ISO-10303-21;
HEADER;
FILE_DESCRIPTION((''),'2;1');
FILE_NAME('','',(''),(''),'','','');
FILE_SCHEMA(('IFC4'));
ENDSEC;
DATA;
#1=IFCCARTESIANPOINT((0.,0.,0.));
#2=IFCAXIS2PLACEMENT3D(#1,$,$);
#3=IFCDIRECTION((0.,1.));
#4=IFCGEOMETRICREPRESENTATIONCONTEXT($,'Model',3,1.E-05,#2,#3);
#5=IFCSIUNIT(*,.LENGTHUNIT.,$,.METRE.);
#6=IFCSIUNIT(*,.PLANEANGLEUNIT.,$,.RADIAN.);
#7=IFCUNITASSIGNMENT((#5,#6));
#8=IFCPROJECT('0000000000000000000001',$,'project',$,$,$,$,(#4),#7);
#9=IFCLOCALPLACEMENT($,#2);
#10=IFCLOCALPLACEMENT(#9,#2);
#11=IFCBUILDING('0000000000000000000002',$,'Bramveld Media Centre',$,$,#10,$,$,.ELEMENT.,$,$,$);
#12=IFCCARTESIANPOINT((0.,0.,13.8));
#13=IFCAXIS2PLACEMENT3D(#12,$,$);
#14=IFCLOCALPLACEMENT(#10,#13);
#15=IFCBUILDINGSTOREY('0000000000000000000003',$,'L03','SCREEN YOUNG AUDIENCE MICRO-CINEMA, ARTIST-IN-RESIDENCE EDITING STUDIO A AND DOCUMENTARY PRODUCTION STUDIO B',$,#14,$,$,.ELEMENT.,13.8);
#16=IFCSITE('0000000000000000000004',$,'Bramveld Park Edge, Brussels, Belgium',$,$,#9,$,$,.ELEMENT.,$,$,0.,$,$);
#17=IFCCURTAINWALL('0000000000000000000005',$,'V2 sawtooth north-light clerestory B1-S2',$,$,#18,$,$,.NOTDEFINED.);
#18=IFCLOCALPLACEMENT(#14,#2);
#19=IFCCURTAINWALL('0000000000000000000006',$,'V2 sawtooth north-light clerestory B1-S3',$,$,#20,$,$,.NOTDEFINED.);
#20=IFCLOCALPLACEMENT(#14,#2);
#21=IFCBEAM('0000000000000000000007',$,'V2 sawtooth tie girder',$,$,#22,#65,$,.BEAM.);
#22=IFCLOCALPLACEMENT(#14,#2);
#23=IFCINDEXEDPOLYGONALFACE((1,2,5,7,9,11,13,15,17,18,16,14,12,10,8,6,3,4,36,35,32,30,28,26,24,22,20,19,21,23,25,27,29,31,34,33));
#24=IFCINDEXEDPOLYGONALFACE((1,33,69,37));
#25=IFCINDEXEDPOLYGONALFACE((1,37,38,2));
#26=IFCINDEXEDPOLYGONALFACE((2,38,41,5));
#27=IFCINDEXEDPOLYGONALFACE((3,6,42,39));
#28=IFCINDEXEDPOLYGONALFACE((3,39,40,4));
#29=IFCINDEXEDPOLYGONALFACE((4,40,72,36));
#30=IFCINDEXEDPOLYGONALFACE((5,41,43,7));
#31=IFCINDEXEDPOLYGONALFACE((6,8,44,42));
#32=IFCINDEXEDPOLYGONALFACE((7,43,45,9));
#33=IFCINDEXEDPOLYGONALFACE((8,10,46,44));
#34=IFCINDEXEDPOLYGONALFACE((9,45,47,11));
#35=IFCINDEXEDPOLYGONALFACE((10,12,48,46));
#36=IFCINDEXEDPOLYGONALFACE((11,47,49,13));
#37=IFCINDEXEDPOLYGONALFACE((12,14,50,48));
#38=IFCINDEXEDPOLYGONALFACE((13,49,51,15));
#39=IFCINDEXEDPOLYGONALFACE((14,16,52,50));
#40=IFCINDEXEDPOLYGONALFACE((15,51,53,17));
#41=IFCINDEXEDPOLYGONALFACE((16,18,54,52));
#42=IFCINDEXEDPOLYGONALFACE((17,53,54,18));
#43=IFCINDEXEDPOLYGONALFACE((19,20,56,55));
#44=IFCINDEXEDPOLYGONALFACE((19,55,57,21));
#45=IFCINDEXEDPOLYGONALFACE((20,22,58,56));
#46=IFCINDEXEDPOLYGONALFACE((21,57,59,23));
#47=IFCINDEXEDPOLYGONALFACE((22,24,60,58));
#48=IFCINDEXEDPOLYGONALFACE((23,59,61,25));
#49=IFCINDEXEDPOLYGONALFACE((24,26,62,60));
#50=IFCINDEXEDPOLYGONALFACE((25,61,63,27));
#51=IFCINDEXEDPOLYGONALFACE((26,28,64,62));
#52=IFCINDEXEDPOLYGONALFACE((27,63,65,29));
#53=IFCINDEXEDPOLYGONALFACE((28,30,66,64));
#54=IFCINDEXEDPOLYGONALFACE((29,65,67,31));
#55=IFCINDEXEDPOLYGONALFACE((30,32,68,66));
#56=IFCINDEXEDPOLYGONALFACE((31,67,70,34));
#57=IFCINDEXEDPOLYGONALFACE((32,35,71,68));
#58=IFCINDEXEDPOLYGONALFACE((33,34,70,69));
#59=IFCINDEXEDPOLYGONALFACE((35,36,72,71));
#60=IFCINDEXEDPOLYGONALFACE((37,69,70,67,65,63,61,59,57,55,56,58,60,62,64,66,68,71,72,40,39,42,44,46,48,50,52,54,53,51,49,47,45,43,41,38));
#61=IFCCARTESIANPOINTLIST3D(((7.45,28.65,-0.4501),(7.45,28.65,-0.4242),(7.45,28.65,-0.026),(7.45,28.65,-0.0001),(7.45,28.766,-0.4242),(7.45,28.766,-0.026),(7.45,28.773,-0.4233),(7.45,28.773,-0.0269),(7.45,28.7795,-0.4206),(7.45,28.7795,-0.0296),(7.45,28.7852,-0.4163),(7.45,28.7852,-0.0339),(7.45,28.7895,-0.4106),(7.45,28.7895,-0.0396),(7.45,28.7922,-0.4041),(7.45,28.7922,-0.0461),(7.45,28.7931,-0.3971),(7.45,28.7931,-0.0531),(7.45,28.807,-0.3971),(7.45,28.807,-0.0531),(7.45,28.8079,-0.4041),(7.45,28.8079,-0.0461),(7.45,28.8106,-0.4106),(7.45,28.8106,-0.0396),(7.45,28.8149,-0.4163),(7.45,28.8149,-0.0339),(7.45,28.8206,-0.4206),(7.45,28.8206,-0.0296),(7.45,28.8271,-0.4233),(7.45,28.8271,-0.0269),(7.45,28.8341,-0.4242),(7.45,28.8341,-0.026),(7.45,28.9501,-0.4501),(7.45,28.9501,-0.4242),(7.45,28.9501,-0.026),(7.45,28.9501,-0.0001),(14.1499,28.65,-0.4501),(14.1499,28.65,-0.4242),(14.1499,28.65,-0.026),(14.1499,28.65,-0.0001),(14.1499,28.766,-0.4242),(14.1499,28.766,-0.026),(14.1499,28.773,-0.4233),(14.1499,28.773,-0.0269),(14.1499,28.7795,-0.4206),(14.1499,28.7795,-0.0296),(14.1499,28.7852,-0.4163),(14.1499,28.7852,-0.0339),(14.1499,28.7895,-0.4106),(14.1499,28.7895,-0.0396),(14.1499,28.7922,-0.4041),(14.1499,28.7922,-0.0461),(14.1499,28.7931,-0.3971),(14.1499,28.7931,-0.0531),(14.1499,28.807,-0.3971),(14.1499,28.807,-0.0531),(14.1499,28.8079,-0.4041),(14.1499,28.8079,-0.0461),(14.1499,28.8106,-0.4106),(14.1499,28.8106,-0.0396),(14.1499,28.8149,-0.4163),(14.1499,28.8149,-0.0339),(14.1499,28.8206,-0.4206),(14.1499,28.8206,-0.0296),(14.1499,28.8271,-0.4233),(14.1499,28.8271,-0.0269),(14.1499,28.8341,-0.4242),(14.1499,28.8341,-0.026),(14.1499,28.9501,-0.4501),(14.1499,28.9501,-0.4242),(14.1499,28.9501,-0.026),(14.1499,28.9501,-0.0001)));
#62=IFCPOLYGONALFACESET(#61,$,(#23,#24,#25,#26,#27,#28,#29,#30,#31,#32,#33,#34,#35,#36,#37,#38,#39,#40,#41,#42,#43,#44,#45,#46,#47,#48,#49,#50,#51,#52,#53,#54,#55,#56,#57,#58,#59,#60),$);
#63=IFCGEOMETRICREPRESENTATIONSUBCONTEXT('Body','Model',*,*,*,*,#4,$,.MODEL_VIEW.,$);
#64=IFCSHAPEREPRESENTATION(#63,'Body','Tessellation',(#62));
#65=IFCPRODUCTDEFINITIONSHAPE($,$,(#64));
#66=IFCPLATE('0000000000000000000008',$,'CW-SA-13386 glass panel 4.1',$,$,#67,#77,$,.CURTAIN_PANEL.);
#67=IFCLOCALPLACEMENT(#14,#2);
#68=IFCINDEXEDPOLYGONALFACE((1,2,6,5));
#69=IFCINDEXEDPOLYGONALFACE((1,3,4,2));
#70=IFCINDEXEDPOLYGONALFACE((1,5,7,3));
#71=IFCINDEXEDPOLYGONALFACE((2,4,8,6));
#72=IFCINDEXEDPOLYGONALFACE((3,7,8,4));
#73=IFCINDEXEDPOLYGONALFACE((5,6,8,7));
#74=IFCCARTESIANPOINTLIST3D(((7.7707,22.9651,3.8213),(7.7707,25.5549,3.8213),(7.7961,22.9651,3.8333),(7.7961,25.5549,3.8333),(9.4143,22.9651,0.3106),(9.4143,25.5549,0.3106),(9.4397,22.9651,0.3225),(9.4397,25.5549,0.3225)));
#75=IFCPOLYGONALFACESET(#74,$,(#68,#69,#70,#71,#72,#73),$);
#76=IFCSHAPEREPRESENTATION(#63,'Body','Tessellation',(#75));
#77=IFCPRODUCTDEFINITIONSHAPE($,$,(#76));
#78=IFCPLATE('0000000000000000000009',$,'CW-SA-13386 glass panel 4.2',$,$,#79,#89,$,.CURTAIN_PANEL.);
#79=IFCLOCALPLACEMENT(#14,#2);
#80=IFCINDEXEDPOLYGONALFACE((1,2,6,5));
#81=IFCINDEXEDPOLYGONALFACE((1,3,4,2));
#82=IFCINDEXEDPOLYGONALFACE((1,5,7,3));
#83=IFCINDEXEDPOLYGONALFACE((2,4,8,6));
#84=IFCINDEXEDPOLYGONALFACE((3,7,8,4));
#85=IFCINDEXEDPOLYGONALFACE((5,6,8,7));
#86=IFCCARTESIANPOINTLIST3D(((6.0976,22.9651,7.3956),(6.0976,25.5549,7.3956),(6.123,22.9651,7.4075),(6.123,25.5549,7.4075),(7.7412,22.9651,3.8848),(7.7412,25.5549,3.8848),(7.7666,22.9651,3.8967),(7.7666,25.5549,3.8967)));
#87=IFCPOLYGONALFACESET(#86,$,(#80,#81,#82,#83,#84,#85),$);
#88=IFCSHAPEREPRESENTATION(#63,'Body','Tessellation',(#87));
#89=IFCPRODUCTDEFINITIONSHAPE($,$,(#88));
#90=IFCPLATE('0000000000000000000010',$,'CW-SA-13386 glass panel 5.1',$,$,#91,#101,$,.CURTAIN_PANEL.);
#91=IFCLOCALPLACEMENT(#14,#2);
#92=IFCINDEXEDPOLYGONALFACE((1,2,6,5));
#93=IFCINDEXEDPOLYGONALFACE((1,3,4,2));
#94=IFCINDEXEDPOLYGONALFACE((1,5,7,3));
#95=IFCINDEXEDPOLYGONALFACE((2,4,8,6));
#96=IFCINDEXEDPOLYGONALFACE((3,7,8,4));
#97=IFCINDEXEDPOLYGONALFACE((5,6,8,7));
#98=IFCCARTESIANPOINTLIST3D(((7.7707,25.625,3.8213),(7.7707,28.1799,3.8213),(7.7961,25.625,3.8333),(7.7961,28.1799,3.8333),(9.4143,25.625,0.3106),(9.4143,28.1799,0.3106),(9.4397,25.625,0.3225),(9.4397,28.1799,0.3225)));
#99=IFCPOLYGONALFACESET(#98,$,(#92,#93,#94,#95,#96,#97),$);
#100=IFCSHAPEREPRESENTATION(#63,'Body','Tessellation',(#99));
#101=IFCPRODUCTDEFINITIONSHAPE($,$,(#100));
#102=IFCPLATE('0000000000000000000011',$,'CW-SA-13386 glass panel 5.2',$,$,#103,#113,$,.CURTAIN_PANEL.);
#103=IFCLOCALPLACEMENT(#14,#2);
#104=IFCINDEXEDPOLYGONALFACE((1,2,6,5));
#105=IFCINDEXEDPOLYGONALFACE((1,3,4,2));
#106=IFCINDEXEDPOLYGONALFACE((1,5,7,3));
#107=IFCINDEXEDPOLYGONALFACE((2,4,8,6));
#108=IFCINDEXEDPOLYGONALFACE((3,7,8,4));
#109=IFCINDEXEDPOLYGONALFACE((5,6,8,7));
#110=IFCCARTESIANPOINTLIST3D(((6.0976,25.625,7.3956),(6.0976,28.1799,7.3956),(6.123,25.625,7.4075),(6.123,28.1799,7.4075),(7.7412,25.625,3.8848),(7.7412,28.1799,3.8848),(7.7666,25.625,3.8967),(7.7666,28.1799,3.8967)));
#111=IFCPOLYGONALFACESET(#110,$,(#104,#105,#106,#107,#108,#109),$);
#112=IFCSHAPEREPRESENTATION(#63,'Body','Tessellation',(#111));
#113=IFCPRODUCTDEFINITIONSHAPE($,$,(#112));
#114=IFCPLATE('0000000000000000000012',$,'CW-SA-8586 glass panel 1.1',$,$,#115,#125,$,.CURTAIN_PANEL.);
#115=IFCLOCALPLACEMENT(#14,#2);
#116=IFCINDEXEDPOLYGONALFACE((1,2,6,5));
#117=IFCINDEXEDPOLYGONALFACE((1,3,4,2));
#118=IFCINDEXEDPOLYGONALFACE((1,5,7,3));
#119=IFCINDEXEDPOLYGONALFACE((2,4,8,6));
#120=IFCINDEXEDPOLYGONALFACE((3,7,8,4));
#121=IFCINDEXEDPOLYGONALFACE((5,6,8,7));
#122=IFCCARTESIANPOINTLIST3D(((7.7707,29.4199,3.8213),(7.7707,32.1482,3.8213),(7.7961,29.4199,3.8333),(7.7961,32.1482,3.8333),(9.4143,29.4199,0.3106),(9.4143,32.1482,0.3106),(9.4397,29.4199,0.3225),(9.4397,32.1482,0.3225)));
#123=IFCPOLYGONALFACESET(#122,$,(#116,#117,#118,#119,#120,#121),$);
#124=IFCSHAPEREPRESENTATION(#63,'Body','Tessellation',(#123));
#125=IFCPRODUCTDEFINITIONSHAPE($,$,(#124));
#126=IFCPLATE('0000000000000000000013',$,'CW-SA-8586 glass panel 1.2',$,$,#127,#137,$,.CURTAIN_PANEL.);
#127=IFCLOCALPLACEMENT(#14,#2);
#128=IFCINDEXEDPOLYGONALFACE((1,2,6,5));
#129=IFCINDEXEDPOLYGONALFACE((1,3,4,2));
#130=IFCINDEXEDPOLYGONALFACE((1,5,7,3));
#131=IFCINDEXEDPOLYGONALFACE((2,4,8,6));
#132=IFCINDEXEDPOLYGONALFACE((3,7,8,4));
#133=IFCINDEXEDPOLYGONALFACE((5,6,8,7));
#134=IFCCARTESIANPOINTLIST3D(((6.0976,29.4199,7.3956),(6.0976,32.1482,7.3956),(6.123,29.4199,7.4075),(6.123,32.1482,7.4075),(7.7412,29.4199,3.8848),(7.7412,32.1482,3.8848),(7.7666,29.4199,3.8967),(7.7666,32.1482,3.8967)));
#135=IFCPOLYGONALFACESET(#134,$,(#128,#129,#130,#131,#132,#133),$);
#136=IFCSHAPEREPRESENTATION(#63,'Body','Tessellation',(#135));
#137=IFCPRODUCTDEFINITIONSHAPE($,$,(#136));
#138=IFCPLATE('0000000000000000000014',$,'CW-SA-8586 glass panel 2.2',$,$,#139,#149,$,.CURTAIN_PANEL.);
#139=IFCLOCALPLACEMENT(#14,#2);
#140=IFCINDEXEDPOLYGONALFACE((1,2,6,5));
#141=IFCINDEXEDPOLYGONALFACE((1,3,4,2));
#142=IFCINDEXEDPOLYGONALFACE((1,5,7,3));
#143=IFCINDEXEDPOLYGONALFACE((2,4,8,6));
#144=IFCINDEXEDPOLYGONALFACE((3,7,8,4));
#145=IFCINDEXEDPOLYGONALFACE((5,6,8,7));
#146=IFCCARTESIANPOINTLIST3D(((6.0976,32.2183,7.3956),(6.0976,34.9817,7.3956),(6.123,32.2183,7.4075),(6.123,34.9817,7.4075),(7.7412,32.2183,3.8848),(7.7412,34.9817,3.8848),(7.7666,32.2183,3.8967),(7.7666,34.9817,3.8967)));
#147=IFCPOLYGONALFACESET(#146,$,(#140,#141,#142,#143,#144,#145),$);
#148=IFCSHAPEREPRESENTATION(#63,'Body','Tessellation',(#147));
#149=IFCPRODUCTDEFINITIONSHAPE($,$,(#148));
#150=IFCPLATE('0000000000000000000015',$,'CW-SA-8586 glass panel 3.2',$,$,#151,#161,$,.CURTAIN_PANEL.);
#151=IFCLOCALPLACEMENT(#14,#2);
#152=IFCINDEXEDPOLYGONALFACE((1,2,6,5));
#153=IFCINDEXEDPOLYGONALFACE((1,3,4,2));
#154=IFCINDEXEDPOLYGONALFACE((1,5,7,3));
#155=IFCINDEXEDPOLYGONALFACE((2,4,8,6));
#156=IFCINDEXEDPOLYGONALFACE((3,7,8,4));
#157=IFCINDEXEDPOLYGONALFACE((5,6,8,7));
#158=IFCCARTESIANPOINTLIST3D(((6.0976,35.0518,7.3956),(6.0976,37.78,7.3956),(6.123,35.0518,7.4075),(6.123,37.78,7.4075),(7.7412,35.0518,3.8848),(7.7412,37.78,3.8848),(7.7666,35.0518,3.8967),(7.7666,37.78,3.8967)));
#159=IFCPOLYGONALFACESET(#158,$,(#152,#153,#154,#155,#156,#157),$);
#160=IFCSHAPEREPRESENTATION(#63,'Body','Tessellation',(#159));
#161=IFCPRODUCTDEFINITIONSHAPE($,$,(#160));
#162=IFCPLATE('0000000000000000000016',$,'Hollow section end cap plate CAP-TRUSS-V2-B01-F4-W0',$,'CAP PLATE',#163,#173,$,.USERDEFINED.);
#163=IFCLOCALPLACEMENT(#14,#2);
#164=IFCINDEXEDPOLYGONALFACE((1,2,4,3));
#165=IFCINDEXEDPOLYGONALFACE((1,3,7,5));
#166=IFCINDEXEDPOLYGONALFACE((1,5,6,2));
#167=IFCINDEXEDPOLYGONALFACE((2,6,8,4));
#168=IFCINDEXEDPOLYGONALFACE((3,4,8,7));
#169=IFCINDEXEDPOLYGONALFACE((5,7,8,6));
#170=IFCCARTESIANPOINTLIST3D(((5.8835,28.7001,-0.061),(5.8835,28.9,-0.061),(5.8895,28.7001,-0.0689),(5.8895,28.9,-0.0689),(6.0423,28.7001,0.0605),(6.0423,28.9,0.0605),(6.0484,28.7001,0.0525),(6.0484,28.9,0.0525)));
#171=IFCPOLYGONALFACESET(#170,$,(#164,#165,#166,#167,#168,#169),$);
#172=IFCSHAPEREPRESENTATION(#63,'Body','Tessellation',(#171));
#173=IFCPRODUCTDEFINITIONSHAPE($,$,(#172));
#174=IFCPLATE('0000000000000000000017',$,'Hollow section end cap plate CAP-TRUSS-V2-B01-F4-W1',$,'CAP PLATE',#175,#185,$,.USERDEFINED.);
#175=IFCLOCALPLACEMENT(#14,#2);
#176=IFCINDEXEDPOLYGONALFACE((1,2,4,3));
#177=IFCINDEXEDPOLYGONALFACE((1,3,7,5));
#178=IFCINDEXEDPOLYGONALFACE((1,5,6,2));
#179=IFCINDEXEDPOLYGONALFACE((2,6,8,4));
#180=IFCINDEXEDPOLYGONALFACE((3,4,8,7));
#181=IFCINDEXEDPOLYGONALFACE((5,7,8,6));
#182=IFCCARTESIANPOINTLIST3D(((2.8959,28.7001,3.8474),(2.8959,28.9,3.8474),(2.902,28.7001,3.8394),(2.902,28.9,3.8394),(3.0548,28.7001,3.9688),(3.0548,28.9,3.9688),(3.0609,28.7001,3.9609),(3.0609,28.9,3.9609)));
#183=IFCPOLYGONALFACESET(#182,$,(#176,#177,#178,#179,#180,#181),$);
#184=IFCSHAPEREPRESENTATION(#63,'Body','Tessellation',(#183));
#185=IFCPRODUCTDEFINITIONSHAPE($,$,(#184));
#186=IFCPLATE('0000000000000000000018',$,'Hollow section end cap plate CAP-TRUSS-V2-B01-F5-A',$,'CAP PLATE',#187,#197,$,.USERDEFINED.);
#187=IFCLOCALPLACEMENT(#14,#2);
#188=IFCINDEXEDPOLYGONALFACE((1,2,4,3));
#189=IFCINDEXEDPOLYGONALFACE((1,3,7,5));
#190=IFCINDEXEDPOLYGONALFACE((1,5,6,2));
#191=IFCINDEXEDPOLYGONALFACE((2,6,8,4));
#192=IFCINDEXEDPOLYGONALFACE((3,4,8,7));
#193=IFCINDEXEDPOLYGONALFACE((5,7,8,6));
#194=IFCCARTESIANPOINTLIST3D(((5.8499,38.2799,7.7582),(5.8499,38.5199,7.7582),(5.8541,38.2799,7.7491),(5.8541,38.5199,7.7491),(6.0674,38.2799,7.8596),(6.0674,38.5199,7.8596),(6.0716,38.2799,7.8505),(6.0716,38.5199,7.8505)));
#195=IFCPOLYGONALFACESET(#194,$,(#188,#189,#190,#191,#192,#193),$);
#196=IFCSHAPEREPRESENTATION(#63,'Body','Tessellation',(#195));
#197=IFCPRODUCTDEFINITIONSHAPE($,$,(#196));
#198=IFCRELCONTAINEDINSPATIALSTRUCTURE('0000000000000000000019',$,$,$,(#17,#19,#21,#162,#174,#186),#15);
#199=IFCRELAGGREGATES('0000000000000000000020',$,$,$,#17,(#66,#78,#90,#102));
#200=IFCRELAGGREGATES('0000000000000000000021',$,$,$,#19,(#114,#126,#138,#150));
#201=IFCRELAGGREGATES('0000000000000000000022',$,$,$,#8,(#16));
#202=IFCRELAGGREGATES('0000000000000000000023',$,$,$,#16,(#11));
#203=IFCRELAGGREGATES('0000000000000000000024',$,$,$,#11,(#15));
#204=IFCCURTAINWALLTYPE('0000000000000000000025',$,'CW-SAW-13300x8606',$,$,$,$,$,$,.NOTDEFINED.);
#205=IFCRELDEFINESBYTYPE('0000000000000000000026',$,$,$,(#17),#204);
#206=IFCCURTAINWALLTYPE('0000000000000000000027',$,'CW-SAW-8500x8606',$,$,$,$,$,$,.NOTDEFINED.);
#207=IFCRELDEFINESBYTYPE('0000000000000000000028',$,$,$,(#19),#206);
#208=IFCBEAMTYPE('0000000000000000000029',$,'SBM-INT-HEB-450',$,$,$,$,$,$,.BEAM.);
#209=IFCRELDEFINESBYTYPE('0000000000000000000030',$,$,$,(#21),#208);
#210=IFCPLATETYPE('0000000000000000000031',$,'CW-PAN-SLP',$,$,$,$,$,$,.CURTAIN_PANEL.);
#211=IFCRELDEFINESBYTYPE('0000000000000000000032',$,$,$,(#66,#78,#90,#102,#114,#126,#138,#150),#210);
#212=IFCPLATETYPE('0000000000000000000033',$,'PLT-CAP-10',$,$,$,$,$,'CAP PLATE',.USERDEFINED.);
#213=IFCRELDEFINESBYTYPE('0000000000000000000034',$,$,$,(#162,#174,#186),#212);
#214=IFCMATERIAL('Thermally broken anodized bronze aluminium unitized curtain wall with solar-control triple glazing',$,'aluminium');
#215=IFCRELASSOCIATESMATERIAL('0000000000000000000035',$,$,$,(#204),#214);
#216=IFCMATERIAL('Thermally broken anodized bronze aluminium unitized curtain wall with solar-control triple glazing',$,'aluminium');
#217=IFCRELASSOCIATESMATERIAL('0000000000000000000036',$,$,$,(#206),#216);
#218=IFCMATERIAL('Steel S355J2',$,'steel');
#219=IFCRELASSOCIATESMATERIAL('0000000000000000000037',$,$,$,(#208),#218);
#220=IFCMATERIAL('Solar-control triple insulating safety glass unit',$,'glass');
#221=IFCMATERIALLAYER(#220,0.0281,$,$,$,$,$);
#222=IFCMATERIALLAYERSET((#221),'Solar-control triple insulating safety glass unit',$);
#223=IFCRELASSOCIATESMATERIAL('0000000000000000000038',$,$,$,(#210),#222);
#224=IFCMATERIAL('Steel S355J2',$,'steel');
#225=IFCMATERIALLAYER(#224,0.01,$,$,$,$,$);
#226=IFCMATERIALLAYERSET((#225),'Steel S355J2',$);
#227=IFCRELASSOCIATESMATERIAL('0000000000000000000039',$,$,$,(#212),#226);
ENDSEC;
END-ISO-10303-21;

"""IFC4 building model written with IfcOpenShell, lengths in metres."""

from ifc_helpers import new_model, si_unit, direction, frame, origin, origin_2d, place, context, subcontext, project, spatial, polyline, rectangle, i_section, outline, extrude, material, layer, layer_set, material_profile, profile_set, type_object, element, aggregate, save


model = new_model("IFC4")

# Units and contexts
model_context = context("Model", 3, precision=1e-05, world=origin(), true_north=direction((0.0, 1.0)))
body_context = subcontext(model_context, "Body", "Model", "MODEL_VIEW")
ifc_project = project(units=[si_unit("LENGTHUNIT", "METRE"), si_unit("PLANEANGLEUNIT", "RADIAN")], contexts=[model_context])

# Site, building, storey
site_placement = place(None, origin())
site = spatial("IfcSite", under=ifc_project, at=site_placement, Name="Bramveld Park Edge, Brussels, Belgium", CompositionType="ELEMENT", RefElevation=0.0)
building_placement = place(site_placement, origin())
building = spatial("IfcBuilding", under=site, at=building_placement, Name="Bramveld Media Centre", CompositionType="ELEMENT")
storey_placement = place(building_placement, frame((0.0, 0.0, 13.8)))
storey = spatial("IfcBuildingStorey", under=building, at=storey_placement, Name="L03", Description="SCREEN YOUNG AUDIENCE MICRO-CINEMA, ARTIST-IN-RESIDENCE EDITING STUDIO A AND DOCUMENTARY PRODUCTION STUDIO B", CompositionType="ELEMENT", Elevation=13.8)

# Curtain walls
ifc_material_1 = material(Name="Thermally broken anodized bronze aluminium unitized curtain wall with solar-control triple glazing", Category="aluminium")
curtain_wall_type_1 = type_object("IfcCurtainWallType", Name="CW-SAW-13300x8606", PredefinedType="NOTDEFINED", material=ifc_material_1)
curtain_wall_1_placement = place(storey_placement, origin())
curtain_wall_1 = element("IfcCurtainWall", 1, at=curtain_wall_1_placement, inside=storey, type_object=curtain_wall_type_1, Name="V2 sawtooth north-light clerestory B1-S2", PredefinedType="NOTDEFINED")
ifc_material_2 = material(Name="Thermally broken anodized bronze aluminium unitized curtain wall with solar-control triple glazing", Category="aluminium")
curtain_wall_type_2 = type_object("IfcCurtainWallType", Name="CW-SAW-8500x8606", PredefinedType="NOTDEFINED", material=ifc_material_2)
curtain_wall_2_placement = place(storey_placement, origin())
curtain_wall_2 = element("IfcCurtainWall", 2, at=curtain_wall_2_placement, inside=storey, type_object=curtain_wall_type_2, Name="V2 sawtooth north-light clerestory B1-S3", PredefinedType="NOTDEFINED")

# Beam
ifc_material_3 = material(Name="Steel S355J2", Category="steel")
ifc_material_profile_1 = material_profile(ifc_material_3, i_section(OverallWidth=0.3, OverallDepth=0.45, WebThickness=0.0139, FlangeThickness=0.0259, FilletRadius=0.0271, at=origin_2d()), Name="HEB 450")
ifc_profile_set_1 = profile_set([ifc_material_profile_1], Name="Steel S355J2")
beam_type_1 = type_object("IfcBeamType", Name="SBM-INT-HEB-450", PredefinedType="BEAM", material=ifc_profile_set_1)
for number, where, z_axis, x_axis, name in (
    (3, (7.45, 28.8, -0.2251), (1.0, 0.0, 0.0), (0.0, 1.0, 0.0), "V2 sawtooth tie girder"),
):
    element("IfcBeam", number, at=place(storey_placement, frame(where, z_axis=z_axis, x_axis=x_axis)), inside=storey, type_object=beam_type_1, Name=name, PredefinedType="BEAM", context=body_context, shape_type="SweptSolid", body=[
        extrude(i_section(OverallWidth=0.3, OverallDepth=0.45, WebThickness=0.0139, FlangeThickness=0.0259, FilletRadius=0.0271, at=origin_2d()), origin(), (0.0, 0.0, 1.0), 6.7),
    ])

# Plates
ifc_material_4 = material(Name="Solar-control triple insulating safety glass unit", Category="glass")
ifc_layer_1 = layer(ifc_material_4, 0.0281)
ifc_layer_set_1 = layer_set([ifc_layer_1], Name="Solar-control triple insulating safety glass unit")
plate_type_1 = type_object("IfcPlateType", Name="CW-PAN-SLP", PredefinedType="CURTAIN_PANEL", material=ifc_layer_set_1)
plate_1_placement = place(storey_placement, frame((9.4397, 22.9651, 0.3225), z_axis=(0.905668, 0.0, 0.423988), x_axis=(0.0, 1.0, 0.0)))
plate_1 = element("IfcPlate", 4, at=plate_1_placement, type_object=plate_type_1, Name="CW-SA-13386 glass panel 4.1", PredefinedType="CURTAIN_PANEL", context=body_context, shape_type="SweptSolid", body=[
    extrude(outline(polyline([(0.0, 0.0), (2.5898, 0.0), (2.5898, 3.8764), (0.0, 3.8764), (0.0, 0.0)])), origin(), (0.0, 0.0, -1.0), 0.0281),
])
plate_2_placement = place(storey_placement, frame((7.7666, 22.9651, 3.8967), z_axis=(0.905668, 0.0, 0.423988), x_axis=(0.0, 1.0, 0.0)))
plate_2 = element("IfcPlate", 5, at=plate_2_placement, type_object=plate_type_1, Name="CW-SA-13386 glass panel 4.2", PredefinedType="CURTAIN_PANEL", context=body_context, shape_type="SweptSolid", body=[
    extrude(outline(polyline([(0.0, 0.0), (2.5898, 0.0), (2.5898, 3.8764), (0.0, 3.8764), (0.0, 0.0)])), origin(), (0.0, 0.0, -1.0), 0.0281),
])
plate_3_placement = place(storey_placement, frame((9.4397, 25.625, 0.3225), z_axis=(0.905668, 0.0, 0.423988), x_axis=(0.0, 1.0, 0.0)))
plate_3 = element("IfcPlate", 6, at=plate_3_placement, type_object=plate_type_1, Name="CW-SA-13386 glass panel 5.1", PredefinedType="CURTAIN_PANEL", context=body_context, shape_type="SweptSolid", body=[
    extrude(outline(polyline([(0.0, 0.0), (2.5549, 0.0), (2.5549, 3.8764), (0.0, 3.8764), (0.0, 0.0)])), origin(), (0.0, 0.0, -1.0), 0.0281),
])
plate_4_placement = place(storey_placement, frame((7.7666, 25.625, 3.8967), z_axis=(0.905668, 0.0, 0.423988), x_axis=(0.0, 1.0, 0.0)))
plate_4 = element("IfcPlate", 7, at=plate_4_placement, type_object=plate_type_1, Name="CW-SA-13386 glass panel 5.2", PredefinedType="CURTAIN_PANEL", context=body_context, shape_type="SweptSolid", body=[
    extrude(outline(polyline([(0.0, 0.0), (2.5549, 0.0), (2.5549, 3.8764), (0.0, 3.8764), (0.0, 0.0)])), origin(), (0.0, 0.0, -1.0), 0.0281),
])
aggregate(curtain_wall_1, [plate_1, plate_2, plate_3, plate_4])
plate_5_placement = place(storey_placement, frame((9.4397, 29.4199, 0.3225), z_axis=(0.905668, 0.0, 0.423988), x_axis=(0.0, 1.0, 0.0)))
plate_5 = element("IfcPlate", 8, at=plate_5_placement, type_object=plate_type_1, Name="CW-SA-8586 glass panel 1.1", PredefinedType="CURTAIN_PANEL", context=body_context, shape_type="SweptSolid", body=[
    extrude(outline(polyline([(0.0, 0.0), (2.7283, 0.0), (2.7283, 3.8764), (0.0, 3.8764), (0.0, 0.0)])), origin(), (0.0, 0.0, -1.0), 0.0281),
])
plate_6_placement = place(storey_placement, frame((7.7666, 29.4199, 3.8967), z_axis=(0.905668, 0.0, 0.423988), x_axis=(0.0, 1.0, 0.0)))
plate_6 = element("IfcPlate", 9, at=plate_6_placement, type_object=plate_type_1, Name="CW-SA-8586 glass panel 1.2", PredefinedType="CURTAIN_PANEL", context=body_context, shape_type="SweptSolid", body=[
    extrude(outline(polyline([(0.0, 0.0), (2.7283, 0.0), (2.7283, 3.8764), (0.0, 3.8764), (0.0, 0.0)])), origin(), (0.0, 0.0, -1.0), 0.0281),
])
plate_7_placement = place(storey_placement, frame((7.7666, 32.2183, 3.8967), z_axis=(0.905668, 0.0, 0.423988), x_axis=(0.0, 1.0, 0.0)))
plate_7 = element("IfcPlate", 10, at=plate_7_placement, type_object=plate_type_1, Name="CW-SA-8586 glass panel 2.2", PredefinedType="CURTAIN_PANEL", context=body_context, shape_type="SweptSolid", body=[
    extrude(outline(polyline([(0.0, 0.0), (2.7634, 0.0), (2.7634, 3.8764), (0.0, 3.8764), (0.0, 0.0)])), origin(), (0.0, 0.0, -1.0), 0.0281),
])
plate_8_placement = place(storey_placement, frame((7.7666, 35.0518, 3.8967), z_axis=(0.905668, 0.0, 0.423988), x_axis=(0.0, 1.0, 0.0)))
plate_8 = element("IfcPlate", 11, at=plate_8_placement, type_object=plate_type_1, Name="CW-SA-8586 glass panel 3.2", PredefinedType="CURTAIN_PANEL", context=body_context, shape_type="SweptSolid", body=[
    extrude(outline(polyline([(0.0, 0.0), (2.7283, 0.0), (2.7283, 3.8764), (0.0, 3.8764), (0.0, 0.0)])), origin(), (0.0, 0.0, -1.0), 0.0281),
])
aggregate(curtain_wall_2, [plate_5, plate_6, plate_7, plate_8])

# Plates
ifc_material_5 = material(Name="Steel S355J2", Category="steel")
ifc_layer_2 = layer(ifc_material_5, 0.01)
ifc_layer_set_2 = layer_set([ifc_layer_2], Name="Steel S355J2")
plate_type_2 = type_object("IfcPlateType", Name="PLT-CAP-10", ElementType="CAP PLATE", PredefinedType="USERDEFINED", material=ifc_layer_set_2)
for number, where, z_axis, x_axis, name in (
    (12, (5.9629, 28.8, -0.0002), (0.607328, 0.0, -0.794451), (0.0, 1.0, 0.0), "Hollow section end cap plate CAP-TRUSS-V2-B01-F4-W0"),
    (13, (2.9814, 28.8, 3.9001), (-0.607328, 0.0, 0.794451), (0.0, -1.0, 0.0), "Hollow section end cap plate CAP-TRUSS-V2-B01-F4-W1"),
):
    element("IfcPlate", number, at=place(storey_placement, frame(where, z_axis=z_axis, x_axis=x_axis)), inside=storey, type_object=plate_type_2, Name=name, ObjectType="CAP PLATE", PredefinedType="USERDEFINED", context=body_context, shape_type="SweptSolid", body=[
        extrude(rectangle(XDim=0.2, YDim=0.2, at=origin_2d()), origin(), (0.0, 0.0, 1.0), 0.01),
    ])
plate_9_placement = place(storey_placement, frame((5.9629, 38.3999, 7.7998), z_axis=(-0.422618, 0.0, 0.906308), x_axis=(0.0, -1.0, 0.0)))
element("IfcPlate", 14, at=plate_9_placement, inside=storey, type_object=plate_type_2, Name="Hollow section end cap plate CAP-TRUSS-V2-B01-F5-A", ObjectType="CAP PLATE", PredefinedType="USERDEFINED", context=body_context, shape_type="SweptSolid", body=[
    extrude(rectangle(XDim=0.24, YDim=0.24, at=origin_2d()), origin(), (0.0, 0.0, 1.0), 0.01),
])

save(model, "model.ifc")
